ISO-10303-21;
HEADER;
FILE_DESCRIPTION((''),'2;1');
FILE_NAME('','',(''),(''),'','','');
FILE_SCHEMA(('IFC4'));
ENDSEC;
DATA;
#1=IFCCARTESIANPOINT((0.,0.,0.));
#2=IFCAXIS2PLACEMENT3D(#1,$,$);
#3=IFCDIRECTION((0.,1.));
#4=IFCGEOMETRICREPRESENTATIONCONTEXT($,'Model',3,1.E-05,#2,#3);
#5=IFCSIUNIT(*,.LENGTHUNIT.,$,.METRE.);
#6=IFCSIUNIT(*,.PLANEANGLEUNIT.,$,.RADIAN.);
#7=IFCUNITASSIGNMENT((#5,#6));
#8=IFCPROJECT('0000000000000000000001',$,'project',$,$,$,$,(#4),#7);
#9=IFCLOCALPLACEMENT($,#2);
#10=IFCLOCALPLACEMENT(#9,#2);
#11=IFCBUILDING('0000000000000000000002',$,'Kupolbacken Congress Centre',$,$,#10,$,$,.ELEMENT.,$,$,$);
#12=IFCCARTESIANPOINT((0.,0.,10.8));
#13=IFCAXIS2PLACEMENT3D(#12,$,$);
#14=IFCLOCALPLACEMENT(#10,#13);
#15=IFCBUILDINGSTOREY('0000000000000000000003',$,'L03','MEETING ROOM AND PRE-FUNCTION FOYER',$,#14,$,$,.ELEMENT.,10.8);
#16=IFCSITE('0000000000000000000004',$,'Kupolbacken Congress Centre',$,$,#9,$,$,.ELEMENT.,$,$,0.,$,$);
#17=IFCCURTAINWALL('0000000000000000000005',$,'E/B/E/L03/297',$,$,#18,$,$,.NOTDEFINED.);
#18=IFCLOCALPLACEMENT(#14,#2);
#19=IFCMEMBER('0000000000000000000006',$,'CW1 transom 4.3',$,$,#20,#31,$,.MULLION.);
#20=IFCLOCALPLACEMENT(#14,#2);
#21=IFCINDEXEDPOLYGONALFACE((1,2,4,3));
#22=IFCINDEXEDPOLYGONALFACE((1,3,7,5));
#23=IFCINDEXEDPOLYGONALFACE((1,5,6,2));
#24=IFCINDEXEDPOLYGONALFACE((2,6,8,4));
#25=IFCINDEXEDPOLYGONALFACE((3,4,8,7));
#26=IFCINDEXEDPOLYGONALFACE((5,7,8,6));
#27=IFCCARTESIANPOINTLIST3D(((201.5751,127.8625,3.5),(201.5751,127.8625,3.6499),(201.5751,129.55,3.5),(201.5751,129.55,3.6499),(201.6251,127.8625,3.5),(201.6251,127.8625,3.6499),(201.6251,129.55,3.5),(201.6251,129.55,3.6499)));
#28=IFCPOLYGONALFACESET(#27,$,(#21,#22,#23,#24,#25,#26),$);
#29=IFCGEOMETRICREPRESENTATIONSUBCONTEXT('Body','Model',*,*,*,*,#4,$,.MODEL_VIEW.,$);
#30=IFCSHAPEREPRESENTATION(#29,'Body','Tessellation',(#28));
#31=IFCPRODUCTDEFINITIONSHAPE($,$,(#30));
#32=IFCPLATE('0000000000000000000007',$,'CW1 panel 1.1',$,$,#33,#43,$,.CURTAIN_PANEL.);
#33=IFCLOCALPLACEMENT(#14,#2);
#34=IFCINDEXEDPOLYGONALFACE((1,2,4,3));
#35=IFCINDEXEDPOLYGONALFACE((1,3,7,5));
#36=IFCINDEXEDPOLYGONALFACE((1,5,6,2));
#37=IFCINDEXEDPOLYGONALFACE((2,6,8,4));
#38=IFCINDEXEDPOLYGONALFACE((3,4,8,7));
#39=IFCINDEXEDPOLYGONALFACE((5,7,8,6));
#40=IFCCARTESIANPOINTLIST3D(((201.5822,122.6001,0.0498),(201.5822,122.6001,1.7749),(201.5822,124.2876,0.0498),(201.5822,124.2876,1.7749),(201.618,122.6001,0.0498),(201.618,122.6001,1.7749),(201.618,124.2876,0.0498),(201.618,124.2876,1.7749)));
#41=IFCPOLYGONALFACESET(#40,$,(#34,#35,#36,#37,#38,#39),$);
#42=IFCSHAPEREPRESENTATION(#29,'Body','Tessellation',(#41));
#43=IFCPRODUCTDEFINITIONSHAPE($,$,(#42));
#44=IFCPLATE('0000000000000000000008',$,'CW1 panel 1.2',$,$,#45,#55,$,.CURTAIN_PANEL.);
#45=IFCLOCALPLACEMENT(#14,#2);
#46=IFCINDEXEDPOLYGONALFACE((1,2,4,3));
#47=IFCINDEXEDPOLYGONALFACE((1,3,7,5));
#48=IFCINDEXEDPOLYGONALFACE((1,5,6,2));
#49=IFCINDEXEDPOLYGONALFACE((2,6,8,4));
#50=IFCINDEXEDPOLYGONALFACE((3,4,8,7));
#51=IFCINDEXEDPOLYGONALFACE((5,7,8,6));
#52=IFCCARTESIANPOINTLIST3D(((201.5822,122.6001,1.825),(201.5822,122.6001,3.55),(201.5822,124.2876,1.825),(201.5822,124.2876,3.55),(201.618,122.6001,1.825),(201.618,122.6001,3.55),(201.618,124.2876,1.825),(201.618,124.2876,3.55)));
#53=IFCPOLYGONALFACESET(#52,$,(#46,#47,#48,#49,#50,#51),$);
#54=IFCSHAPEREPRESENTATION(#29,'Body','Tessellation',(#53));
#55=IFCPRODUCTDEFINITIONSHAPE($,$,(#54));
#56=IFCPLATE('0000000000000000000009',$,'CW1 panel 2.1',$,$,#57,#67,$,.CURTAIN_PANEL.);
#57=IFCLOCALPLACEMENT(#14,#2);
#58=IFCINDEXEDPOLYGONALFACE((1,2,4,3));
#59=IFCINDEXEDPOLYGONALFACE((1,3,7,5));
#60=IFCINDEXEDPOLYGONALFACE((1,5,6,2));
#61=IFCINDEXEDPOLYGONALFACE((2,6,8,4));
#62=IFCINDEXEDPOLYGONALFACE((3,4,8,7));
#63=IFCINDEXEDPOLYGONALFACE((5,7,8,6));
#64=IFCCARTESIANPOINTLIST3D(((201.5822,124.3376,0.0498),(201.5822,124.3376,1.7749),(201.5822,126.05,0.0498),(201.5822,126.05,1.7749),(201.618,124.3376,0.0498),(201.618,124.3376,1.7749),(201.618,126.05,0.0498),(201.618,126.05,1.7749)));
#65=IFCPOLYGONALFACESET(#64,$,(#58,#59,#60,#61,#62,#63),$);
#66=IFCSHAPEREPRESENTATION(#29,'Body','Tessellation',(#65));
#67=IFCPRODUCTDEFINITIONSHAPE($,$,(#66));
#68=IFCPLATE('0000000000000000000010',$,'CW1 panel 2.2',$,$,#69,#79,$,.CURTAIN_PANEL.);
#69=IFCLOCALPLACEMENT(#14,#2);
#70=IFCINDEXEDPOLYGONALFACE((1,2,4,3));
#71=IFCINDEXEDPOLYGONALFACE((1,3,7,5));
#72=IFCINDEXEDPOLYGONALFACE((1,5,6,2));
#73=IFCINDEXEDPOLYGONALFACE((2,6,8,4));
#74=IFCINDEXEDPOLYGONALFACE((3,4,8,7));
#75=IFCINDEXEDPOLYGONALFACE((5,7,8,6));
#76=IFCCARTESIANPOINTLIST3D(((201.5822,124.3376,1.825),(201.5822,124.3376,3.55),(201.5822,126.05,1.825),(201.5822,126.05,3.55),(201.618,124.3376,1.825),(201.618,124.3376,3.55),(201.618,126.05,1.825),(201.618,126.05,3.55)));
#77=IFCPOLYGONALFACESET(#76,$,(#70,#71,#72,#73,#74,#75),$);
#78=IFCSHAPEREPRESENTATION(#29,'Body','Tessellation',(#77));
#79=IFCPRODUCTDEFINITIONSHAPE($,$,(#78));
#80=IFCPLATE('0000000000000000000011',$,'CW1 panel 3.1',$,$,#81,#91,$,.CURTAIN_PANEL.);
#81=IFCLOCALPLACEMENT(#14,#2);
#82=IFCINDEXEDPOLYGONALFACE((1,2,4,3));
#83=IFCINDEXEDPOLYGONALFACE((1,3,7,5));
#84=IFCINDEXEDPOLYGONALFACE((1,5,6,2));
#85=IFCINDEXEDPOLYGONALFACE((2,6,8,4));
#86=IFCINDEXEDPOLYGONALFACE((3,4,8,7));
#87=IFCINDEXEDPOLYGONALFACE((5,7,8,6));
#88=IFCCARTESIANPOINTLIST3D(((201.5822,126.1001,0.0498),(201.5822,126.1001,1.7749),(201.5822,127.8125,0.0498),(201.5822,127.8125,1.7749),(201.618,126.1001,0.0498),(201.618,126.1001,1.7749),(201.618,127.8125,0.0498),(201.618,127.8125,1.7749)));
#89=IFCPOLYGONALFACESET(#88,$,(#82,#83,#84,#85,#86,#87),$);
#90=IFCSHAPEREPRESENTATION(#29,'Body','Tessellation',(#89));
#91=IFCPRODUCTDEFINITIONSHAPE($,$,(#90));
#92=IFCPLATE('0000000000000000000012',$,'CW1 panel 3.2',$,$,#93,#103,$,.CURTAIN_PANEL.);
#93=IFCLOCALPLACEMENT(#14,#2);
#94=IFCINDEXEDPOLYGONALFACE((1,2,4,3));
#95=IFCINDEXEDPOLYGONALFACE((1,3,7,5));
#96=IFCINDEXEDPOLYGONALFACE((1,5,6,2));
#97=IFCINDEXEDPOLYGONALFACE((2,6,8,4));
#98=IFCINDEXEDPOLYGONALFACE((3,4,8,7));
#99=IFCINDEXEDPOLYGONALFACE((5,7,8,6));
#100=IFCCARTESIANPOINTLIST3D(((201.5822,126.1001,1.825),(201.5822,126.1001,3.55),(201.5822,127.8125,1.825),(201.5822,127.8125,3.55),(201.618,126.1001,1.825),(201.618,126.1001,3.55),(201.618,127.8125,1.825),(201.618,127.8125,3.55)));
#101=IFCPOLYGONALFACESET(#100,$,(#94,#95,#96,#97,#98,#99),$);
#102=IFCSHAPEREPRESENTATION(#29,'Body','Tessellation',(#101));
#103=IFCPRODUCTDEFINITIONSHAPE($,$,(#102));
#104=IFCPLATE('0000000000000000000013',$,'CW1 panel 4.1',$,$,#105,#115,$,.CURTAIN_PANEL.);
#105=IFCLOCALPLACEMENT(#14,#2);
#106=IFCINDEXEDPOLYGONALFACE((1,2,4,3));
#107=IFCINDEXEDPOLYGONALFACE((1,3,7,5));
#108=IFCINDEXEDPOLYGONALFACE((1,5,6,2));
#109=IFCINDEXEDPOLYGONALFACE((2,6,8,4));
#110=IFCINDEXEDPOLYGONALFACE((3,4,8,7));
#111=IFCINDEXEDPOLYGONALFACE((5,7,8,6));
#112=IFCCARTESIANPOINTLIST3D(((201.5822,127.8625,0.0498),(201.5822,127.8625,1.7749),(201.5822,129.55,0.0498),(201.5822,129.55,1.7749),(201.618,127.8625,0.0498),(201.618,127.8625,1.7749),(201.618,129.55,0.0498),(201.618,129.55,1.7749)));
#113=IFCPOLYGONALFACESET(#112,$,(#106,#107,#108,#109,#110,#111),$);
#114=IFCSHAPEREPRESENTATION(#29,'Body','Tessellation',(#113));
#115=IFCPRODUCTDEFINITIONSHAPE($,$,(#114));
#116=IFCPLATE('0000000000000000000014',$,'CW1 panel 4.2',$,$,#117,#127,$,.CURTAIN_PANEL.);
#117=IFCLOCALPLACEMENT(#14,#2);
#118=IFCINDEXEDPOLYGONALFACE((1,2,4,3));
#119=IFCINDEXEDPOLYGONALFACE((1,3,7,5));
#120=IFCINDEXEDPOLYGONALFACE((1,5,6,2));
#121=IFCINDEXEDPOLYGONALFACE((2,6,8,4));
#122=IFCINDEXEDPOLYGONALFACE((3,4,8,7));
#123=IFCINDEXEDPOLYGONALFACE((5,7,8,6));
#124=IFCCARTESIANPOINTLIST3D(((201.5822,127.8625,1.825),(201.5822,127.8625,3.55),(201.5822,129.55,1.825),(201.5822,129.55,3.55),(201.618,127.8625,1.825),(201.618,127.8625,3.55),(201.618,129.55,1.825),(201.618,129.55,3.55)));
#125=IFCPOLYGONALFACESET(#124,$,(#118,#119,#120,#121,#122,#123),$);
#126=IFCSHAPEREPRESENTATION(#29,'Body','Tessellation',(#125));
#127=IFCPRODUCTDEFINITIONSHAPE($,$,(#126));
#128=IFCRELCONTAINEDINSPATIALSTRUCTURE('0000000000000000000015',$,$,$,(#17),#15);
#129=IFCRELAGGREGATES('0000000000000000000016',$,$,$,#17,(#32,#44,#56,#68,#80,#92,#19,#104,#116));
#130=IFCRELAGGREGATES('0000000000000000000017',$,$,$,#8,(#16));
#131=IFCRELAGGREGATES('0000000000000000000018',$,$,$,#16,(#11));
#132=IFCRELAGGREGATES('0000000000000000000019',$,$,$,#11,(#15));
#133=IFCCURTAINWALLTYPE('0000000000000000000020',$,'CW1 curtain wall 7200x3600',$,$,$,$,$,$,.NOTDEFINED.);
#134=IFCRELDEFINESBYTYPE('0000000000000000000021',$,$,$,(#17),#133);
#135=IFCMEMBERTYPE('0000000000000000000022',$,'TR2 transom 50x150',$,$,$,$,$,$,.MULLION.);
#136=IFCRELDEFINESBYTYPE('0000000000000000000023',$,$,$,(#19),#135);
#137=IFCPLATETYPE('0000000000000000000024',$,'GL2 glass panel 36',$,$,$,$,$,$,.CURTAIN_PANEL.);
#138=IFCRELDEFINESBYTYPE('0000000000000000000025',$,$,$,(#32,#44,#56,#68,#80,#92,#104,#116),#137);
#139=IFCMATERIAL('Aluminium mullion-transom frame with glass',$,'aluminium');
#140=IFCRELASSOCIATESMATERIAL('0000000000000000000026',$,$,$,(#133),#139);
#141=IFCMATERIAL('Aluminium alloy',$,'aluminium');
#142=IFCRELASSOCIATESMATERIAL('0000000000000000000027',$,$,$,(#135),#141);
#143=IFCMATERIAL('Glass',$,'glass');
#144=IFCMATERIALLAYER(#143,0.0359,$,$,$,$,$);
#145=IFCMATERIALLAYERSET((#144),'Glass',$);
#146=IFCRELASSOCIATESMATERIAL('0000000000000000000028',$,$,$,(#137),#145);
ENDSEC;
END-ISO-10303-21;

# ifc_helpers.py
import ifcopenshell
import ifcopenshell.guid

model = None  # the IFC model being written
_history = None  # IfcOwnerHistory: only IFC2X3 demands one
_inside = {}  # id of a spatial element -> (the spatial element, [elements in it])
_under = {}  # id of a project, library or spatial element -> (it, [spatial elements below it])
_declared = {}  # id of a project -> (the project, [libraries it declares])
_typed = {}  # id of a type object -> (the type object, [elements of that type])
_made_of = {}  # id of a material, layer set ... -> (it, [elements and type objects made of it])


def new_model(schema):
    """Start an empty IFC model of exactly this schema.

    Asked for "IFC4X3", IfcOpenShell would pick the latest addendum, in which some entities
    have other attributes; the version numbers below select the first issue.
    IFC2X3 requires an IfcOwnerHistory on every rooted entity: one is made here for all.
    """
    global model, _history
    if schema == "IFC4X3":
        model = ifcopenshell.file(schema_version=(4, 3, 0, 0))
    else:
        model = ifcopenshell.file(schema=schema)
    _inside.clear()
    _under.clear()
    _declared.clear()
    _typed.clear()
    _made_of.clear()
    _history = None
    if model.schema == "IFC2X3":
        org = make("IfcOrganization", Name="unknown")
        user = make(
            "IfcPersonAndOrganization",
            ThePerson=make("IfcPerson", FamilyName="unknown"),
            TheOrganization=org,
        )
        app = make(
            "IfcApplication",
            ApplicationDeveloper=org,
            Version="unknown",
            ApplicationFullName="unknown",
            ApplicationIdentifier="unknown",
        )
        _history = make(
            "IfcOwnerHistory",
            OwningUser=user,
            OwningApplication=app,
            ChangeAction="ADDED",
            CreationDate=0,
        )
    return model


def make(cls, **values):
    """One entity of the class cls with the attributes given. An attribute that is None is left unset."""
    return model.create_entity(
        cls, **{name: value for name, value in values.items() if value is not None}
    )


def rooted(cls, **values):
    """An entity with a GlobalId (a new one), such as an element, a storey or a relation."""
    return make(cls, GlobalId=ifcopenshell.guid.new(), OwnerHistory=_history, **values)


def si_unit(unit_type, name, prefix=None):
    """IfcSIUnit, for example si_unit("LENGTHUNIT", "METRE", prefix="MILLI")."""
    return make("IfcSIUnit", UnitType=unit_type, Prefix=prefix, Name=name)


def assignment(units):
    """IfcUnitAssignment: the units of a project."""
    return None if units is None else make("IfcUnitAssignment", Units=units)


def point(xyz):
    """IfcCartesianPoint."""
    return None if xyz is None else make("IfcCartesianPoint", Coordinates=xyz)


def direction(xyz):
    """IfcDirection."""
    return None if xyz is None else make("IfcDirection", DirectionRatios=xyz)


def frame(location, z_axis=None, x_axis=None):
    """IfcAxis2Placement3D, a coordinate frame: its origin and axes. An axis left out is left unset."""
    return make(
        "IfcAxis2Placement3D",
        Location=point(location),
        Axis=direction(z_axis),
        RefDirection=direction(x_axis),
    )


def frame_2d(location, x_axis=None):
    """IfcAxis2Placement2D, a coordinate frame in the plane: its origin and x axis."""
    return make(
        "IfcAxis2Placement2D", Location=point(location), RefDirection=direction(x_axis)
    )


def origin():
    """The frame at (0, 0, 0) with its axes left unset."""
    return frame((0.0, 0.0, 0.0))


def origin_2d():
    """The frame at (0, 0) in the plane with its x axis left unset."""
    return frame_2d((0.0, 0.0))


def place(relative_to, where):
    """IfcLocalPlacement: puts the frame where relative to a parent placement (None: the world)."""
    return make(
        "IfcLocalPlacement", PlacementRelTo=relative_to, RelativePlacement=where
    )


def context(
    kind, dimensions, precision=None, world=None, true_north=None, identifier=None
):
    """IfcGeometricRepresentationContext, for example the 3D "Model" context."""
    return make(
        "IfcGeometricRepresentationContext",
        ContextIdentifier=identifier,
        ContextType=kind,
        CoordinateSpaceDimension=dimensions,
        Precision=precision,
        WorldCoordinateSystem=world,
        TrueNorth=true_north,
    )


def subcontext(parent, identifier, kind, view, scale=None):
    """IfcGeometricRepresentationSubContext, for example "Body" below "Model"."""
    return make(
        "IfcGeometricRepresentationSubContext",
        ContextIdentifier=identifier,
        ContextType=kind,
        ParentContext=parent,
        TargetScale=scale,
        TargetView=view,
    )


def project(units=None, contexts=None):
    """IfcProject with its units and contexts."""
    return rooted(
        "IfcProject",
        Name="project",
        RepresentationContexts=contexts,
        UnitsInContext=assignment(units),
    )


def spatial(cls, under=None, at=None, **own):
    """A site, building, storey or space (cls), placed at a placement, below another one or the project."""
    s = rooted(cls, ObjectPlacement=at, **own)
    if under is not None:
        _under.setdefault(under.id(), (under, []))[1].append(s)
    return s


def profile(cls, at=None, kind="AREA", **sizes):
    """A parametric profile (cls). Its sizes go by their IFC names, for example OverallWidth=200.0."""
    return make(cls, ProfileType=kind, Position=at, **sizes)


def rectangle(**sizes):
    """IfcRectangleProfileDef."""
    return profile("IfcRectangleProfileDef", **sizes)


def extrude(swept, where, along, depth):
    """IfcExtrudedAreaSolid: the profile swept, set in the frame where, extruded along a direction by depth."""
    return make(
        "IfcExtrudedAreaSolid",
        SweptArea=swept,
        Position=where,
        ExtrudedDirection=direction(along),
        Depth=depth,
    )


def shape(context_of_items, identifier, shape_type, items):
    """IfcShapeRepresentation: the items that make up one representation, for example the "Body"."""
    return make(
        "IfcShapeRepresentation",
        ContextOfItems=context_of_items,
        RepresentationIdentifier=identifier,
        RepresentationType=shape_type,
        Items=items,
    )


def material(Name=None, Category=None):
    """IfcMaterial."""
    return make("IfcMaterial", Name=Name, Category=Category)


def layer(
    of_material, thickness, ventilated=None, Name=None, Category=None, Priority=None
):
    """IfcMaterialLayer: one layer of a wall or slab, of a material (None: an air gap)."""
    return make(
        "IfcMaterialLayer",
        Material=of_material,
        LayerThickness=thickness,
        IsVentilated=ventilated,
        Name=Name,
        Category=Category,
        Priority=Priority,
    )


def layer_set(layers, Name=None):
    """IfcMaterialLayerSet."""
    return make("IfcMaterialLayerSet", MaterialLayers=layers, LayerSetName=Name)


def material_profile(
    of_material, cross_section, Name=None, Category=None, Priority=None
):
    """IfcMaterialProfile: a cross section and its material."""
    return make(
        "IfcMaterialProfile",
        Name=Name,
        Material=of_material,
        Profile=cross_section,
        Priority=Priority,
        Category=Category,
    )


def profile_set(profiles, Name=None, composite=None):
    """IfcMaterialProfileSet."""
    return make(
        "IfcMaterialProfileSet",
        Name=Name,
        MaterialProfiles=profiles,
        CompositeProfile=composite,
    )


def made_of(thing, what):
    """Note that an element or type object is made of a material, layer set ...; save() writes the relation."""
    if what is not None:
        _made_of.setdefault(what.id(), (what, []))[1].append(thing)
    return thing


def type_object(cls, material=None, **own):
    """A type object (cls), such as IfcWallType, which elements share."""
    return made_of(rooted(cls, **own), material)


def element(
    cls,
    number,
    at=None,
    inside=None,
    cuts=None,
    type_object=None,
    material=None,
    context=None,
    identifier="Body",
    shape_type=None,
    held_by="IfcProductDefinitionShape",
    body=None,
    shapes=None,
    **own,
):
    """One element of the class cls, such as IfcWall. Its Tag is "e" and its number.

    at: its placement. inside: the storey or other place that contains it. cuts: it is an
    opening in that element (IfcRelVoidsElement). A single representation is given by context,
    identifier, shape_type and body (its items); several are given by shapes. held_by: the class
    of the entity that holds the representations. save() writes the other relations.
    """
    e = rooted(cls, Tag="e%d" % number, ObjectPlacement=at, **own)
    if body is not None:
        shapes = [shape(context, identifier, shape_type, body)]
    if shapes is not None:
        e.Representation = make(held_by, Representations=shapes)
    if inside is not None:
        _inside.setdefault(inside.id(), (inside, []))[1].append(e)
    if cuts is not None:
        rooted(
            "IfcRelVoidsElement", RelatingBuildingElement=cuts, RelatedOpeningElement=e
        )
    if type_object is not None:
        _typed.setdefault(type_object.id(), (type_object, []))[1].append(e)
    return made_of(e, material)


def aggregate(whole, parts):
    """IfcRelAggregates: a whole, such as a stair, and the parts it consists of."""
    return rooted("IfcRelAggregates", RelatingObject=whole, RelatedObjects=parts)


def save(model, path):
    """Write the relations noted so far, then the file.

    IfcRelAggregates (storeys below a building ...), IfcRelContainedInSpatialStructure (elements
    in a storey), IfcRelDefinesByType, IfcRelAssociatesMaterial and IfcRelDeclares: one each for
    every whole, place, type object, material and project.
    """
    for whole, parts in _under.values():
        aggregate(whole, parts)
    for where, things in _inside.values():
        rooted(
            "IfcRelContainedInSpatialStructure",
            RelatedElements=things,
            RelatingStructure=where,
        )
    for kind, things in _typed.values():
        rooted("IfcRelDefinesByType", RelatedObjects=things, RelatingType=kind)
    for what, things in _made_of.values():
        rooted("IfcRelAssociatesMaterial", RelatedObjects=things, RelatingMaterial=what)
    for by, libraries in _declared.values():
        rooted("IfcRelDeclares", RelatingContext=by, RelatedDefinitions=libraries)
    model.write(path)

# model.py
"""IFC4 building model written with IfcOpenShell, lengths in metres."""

from ifc_helpers import new_model, si_unit, direction, frame, origin, origin_2d, place, context, subcontext, project, spatial, rectangle, extrude, material, layer, layer_set, material_profile, profile_set, type_object, element, aggregate, save


model = new_model("IFC4")

# Units and contexts
model_context = context("Model", 3, precision=1e-05, world=origin(), true_north=direction((0.0, 1.0)))
body_context = subcontext(model_context, "Body", "Model", "MODEL_VIEW")
ifc_project = project(units=[si_unit("LENGTHUNIT", "METRE"), si_unit("PLANEANGLEUNIT", "RADIAN")], contexts=[model_context])

# Site, building, storey
site_placement = place(None, origin())
site = spatial("IfcSite", under=ifc_project, at=site_placement, Name="Kupolbacken Congress Centre", CompositionType="ELEMENT", RefElevation=0.0)
building_placement = place(site_placement, origin())
building = spatial("IfcBuilding", under=site, at=building_placement, Name="Kupolbacken Congress Centre", CompositionType="ELEMENT")
storey_placement = place(building_placement, frame((0.0, 0.0, 10.8)))
storey = spatial("IfcBuildingStorey", under=building, at=storey_placement, Name="L03", Description="MEETING ROOM AND PRE-FUNCTION FOYER", CompositionType="ELEMENT", Elevation=10.8)

# Curtain wall, member, plates
ifc_material_1 = material(Name="Aluminium mullion-transom frame with glass", Category="aluminium")
curtain_wall_type = type_object("IfcCurtainWallType", Name="CW1 curtain wall 7200x3600", PredefinedType="NOTDEFINED", material=ifc_material_1)
curtain_wall_placement = place(storey_placement, origin())
curtain_wall = element("IfcCurtainWall", 1, at=curtain_wall_placement, inside=storey, type_object=curtain_wall_type, Name="E/B/E/L03/297", PredefinedType="NOTDEFINED")
ifc_material_2 = material(Name="Aluminium alloy", Category="aluminium")
ifc_material_profile_1 = material_profile(ifc_material_2, rectangle(XDim=0.05, YDim=0.1499, at=origin_2d()), Name="50 x 150")
ifc_profile_set_1 = profile_set([ifc_material_profile_1], Name="Aluminium alloy")
member_type_1 = type_object("IfcMemberType", Name="TR2 transom 50x150", PredefinedType="MULLION", material=ifc_profile_set_1)
member_1_placement = place(storey_placement, frame((201.6001, 127.8625, 3.575), z_axis=(0.0, 1.0, 0.0), x_axis=(-1.0, 0.0, 0.0)))
member_1 = element("IfcMember", 2, at=member_1_placement, type_object=member_type_1, Name="CW1 transom 4.3", PredefinedType="MULLION", context=body_context, shape_type="SweptSolid", body=[
    extrude(rectangle(XDim=0.05, YDim=0.1499, at=origin_2d()), origin(), (0.0, 0.0, 1.0), 1.6875),
])
ifc_material_3 = material(Name="Glass", Category="glass")
ifc_layer = layer(ifc_material_3, 0.0359)
ifc_layer_set = layer_set([ifc_layer], Name="Glass")
plate_type = type_object("IfcPlateType", Name="GL2 glass panel 36", PredefinedType="CURTAIN_PANEL", material=ifc_layer_set)
plate_1_placement = place(storey_placement, frame((201.6001, 123.4438, 0.0498), z_axis=(0.0, 0.0, 1.0), x_axis=(0.0, 1.0, 0.0)))
plate_1 = element("IfcPlate", 3, at=plate_1_placement, type_object=plate_type, Name="CW1 panel 1.1", PredefinedType="CURTAIN_PANEL", context=body_context, shape_type="SweptSolid", body=[
    extrude(rectangle(XDim=1.6875, YDim=0.0359, at=origin_2d()), origin(), (0.0, 0.0, 1.0), 1.7251),
])
plate_2_placement = place(storey_placement, frame((201.6001, 123.4438, 1.825), z_axis=(0.0, 0.0, 1.0), x_axis=(0.0, 1.0, 0.0)))
plate_2 = element("IfcPlate", 4, at=plate_2_placement, type_object=plate_type, Name="CW1 panel 1.2", PredefinedType="CURTAIN_PANEL", context=body_context, shape_type="SweptSolid", body=[
    extrude(rectangle(XDim=1.6875, YDim=0.0359, at=origin_2d()), origin(), (0.0, 0.0, 1.0), 1.7251),
])
plate_3_placement = place(storey_placement, frame((201.6001, 125.1938, 0.0498), z_axis=(0.0, 0.0, 1.0), x_axis=(0.0, 1.0, 0.0)))
plate_3 = element("IfcPlate", 5, at=plate_3_placement, type_object=plate_type, Name="CW1 panel 2.1", PredefinedType="CURTAIN_PANEL", context=body_context, shape_type="SweptSolid", body=[
    extrude(rectangle(XDim=1.7124, YDim=0.0359, at=origin_2d()), origin(), (0.0, 0.0, 1.0), 1.7251),
])
plate_4_placement = place(storey_placement, frame((201.6001, 125.1938, 1.825), z_axis=(0.0, 0.0, 1.0), x_axis=(0.0, 1.0, 0.0)))
plate_4 = element("IfcPlate", 6, at=plate_4_placement, type_object=plate_type, Name="CW1 panel 2.2", PredefinedType="CURTAIN_PANEL", context=body_context, shape_type="SweptSolid", body=[
    extrude(rectangle(XDim=1.7124, YDim=0.0359, at=origin_2d()), origin(), (0.0, 0.0, 1.0), 1.7251),
])
plate_5_placement = place(storey_placement, frame((201.6001, 126.9563, 0.0498), z_axis=(0.0, 0.0, 1.0), x_axis=(0.0, 1.0, 0.0)))
plate_5 = element("IfcPlate", 7, at=plate_5_placement, type_object=plate_type, Name="CW1 panel 3.1", PredefinedType="CURTAIN_PANEL", context=body_context, shape_type="SweptSolid", body=[
    extrude(rectangle(XDim=1.7124, YDim=0.0359, at=origin_2d()), origin(), (0.0, 0.0, 1.0), 1.7251),
])
plate_6_placement = place(storey_placement, frame((201.6001, 126.9563, 1.825), z_axis=(0.0, 0.0, 1.0), x_axis=(0.0, 1.0, 0.0)))
plate_6 = element("IfcPlate", 8, at=plate_6_placement, type_object=plate_type, Name="CW1 panel 3.2", PredefinedType="CURTAIN_PANEL", context=body_context, shape_type="SweptSolid", body=[
    extrude(rectangle(XDim=1.7124, YDim=0.0359, at=origin_2d()), origin(), (0.0, 0.0, 1.0), 1.7251),
])
plate_7_placement = place(storey_placement, frame((201.6001, 128.7063, 0.0498), z_axis=(0.0, 0.0, 1.0), x_axis=(0.0, 1.0, 0.0)))
plate_7 = element("IfcPlate", 9, at=plate_7_placement, type_object=plate_type, Name="CW1 panel 4.1", PredefinedType="CURTAIN_PANEL", context=body_context, shape_type="SweptSolid", body=[
    extrude(rectangle(XDim=1.6875, YDim=0.0359, at=origin_2d()), origin(), (0.0, 0.0, 1.0), 1.7251),
])
plate_8_placement = place(storey_placement, frame((201.6001, 128.7063, 1.825), z_axis=(0.0, 0.0, 1.0), x_axis=(0.0, 1.0, 0.0)))
plate_8 = element("IfcPlate", 10, at=plate_8_placement, type_object=plate_type, Name="CW1 panel 4.2", PredefinedType="CURTAIN_PANEL", context=body_context, shape_type="SweptSolid", body=[
    extrude(rectangle(XDim=1.6875, YDim=0.0359, at=origin_2d()), origin(), (0.0, 0.0, 1.0), 1.7251),
])
aggregate(curtain_wall, [plate_1, plate_2, plate_3, plate_4, plate_5, plate_6, member_1, plate_7, plate_8])

save(model, "model.ifc")
